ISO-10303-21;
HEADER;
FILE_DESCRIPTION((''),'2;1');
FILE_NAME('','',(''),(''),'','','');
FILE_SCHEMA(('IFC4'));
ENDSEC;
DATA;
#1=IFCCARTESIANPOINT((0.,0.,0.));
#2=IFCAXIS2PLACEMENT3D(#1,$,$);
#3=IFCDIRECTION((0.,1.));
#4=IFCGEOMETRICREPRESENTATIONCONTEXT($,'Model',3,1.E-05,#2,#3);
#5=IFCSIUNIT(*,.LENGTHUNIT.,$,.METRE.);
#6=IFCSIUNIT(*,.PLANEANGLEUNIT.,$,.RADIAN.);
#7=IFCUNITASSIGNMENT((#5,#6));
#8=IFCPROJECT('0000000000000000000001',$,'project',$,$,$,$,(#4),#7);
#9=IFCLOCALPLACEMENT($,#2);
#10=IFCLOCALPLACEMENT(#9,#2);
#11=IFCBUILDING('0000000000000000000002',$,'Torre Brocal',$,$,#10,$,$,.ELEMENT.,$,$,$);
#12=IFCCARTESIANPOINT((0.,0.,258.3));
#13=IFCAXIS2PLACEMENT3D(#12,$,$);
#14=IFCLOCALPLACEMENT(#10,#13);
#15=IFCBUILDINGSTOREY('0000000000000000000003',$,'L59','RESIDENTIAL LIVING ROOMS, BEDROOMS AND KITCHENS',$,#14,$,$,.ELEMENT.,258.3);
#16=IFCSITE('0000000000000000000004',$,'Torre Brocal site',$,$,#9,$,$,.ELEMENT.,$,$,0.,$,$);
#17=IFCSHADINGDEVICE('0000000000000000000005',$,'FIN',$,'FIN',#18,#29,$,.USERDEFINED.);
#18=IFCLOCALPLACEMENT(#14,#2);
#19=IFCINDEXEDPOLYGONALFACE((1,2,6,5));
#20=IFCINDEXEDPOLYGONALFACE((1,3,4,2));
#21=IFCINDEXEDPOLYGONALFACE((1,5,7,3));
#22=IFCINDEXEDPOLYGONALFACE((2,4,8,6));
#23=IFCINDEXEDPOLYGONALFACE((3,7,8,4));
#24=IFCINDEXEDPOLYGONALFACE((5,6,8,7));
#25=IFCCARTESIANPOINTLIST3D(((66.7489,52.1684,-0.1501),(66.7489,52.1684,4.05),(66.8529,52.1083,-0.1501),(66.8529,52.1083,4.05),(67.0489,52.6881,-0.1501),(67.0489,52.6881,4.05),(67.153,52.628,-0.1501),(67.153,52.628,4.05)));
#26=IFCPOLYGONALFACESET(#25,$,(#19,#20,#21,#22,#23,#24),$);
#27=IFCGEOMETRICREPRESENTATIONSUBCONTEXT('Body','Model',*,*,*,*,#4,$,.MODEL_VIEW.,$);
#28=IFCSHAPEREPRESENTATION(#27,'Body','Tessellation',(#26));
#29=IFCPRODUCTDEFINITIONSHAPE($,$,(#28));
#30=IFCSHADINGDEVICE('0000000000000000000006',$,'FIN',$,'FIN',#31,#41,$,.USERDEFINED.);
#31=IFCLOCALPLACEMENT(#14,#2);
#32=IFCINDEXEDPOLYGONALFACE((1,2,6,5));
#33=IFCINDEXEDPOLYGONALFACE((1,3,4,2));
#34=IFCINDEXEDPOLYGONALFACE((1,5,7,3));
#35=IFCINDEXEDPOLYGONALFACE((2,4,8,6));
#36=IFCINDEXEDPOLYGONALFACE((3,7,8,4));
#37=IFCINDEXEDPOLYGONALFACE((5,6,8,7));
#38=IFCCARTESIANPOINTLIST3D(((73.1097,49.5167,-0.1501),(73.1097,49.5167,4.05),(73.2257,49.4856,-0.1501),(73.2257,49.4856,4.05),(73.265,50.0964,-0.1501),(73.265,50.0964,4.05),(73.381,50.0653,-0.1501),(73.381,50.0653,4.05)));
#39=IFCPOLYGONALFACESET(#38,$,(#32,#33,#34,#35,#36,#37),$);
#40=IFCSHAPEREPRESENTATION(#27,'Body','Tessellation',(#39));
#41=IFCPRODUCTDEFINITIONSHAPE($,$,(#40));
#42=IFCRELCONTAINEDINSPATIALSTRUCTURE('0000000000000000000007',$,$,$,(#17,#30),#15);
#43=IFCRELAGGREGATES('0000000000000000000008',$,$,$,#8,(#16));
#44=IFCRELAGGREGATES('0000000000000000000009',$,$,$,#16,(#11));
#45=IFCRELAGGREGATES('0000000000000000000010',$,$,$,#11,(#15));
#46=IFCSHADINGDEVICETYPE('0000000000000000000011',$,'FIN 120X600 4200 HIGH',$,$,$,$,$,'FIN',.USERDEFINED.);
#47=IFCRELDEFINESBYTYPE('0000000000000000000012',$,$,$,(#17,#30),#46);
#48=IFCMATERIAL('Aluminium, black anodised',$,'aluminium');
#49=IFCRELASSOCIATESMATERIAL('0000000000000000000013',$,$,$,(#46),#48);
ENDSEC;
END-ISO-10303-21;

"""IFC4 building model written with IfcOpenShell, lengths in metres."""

from ifc_helpers import new_model, si_unit, direction, frame, origin, origin_2d, place, context, subcontext, project, spatial, rectangle, extrude, material, material_profile, profile_set, type_object, element, save


model = new_model("IFC4")

# Units and contexts
model_context = context("Model", 3, precision=1e-05, world=origin(), true_north=direction((0.0, 1.0)))
body_context = subcontext(model_context, "Body", "Model", "MODEL_VIEW")
ifc_project = project(units=[si_unit("LENGTHUNIT", "METRE"), si_unit("PLANEANGLEUNIT", "RADIAN")], contexts=[model_context])

# Site, building, storey
site_placement = place(None, origin())
site = spatial("IfcSite", under=ifc_project, at=site_placement, Name="Torre Brocal site", CompositionType="ELEMENT", RefElevation=0.0)
building_placement = place(site_placement, origin())
building = spatial("IfcBuilding", under=site, at=building_placement, Name="Torre Brocal", CompositionType="ELEMENT")
storey_placement = place(building_placement, frame((0.0, 0.0, 258.3)))
storey = spatial("IfcBuildingStorey", under=building, at=storey_placement, Name="L59", Description="RESIDENTIAL LIVING ROOMS, BEDROOMS AND KITCHENS", CompositionType="ELEMENT", Elevation=258.3)

# Shading devices
ifc_material_1 = material(Name="Aluminium, black anodised", Category="aluminium")
ifc_material_profile_1 = material_profile(ifc_material_1, rectangle(XDim=0.1201, YDim=0.6001, at=origin_2d()), Name="FIN 120X600 4200 HIGH")
ifc_profile_set_1 = profile_set([ifc_material_profile_1], Name="Aluminium, black anodised")
shading_device_type = type_object("IfcShadingDeviceType", Name="FIN 120X600 4200 HIGH", ElementType="FIN", PredefinedType="USERDEFINED", material=ifc_profile_set_1)
for number, where, z_axis, x_axis, name in (
    (1, (66.9509, 52.3982, -0.1501), (0.0, 0.0, 1.0), (0.866025, -0.5, 0.0), "FIN"),
    (2, (73.2454, 49.791, -0.1501), (0.0, 0.0, 1.0), (0.965926, -0.258819, 0.0), "FIN"),
):
    element("IfcShadingDevice", number, at=place(storey_placement, frame(where, z_axis=z_axis, x_axis=x_axis)), inside=storey, type_object=shading_device_type, Name=name, ObjectType="FIN", PredefinedType="USERDEFINED", context=body_context, shape_type="SweptSolid", body=[
        extrude(rectangle(XDim=0.1201, YDim=0.6001, at=origin_2d()), origin(), (0.0, 0.0, 1.0), 4.2002),
    ])

save(model, "model.ifc")
